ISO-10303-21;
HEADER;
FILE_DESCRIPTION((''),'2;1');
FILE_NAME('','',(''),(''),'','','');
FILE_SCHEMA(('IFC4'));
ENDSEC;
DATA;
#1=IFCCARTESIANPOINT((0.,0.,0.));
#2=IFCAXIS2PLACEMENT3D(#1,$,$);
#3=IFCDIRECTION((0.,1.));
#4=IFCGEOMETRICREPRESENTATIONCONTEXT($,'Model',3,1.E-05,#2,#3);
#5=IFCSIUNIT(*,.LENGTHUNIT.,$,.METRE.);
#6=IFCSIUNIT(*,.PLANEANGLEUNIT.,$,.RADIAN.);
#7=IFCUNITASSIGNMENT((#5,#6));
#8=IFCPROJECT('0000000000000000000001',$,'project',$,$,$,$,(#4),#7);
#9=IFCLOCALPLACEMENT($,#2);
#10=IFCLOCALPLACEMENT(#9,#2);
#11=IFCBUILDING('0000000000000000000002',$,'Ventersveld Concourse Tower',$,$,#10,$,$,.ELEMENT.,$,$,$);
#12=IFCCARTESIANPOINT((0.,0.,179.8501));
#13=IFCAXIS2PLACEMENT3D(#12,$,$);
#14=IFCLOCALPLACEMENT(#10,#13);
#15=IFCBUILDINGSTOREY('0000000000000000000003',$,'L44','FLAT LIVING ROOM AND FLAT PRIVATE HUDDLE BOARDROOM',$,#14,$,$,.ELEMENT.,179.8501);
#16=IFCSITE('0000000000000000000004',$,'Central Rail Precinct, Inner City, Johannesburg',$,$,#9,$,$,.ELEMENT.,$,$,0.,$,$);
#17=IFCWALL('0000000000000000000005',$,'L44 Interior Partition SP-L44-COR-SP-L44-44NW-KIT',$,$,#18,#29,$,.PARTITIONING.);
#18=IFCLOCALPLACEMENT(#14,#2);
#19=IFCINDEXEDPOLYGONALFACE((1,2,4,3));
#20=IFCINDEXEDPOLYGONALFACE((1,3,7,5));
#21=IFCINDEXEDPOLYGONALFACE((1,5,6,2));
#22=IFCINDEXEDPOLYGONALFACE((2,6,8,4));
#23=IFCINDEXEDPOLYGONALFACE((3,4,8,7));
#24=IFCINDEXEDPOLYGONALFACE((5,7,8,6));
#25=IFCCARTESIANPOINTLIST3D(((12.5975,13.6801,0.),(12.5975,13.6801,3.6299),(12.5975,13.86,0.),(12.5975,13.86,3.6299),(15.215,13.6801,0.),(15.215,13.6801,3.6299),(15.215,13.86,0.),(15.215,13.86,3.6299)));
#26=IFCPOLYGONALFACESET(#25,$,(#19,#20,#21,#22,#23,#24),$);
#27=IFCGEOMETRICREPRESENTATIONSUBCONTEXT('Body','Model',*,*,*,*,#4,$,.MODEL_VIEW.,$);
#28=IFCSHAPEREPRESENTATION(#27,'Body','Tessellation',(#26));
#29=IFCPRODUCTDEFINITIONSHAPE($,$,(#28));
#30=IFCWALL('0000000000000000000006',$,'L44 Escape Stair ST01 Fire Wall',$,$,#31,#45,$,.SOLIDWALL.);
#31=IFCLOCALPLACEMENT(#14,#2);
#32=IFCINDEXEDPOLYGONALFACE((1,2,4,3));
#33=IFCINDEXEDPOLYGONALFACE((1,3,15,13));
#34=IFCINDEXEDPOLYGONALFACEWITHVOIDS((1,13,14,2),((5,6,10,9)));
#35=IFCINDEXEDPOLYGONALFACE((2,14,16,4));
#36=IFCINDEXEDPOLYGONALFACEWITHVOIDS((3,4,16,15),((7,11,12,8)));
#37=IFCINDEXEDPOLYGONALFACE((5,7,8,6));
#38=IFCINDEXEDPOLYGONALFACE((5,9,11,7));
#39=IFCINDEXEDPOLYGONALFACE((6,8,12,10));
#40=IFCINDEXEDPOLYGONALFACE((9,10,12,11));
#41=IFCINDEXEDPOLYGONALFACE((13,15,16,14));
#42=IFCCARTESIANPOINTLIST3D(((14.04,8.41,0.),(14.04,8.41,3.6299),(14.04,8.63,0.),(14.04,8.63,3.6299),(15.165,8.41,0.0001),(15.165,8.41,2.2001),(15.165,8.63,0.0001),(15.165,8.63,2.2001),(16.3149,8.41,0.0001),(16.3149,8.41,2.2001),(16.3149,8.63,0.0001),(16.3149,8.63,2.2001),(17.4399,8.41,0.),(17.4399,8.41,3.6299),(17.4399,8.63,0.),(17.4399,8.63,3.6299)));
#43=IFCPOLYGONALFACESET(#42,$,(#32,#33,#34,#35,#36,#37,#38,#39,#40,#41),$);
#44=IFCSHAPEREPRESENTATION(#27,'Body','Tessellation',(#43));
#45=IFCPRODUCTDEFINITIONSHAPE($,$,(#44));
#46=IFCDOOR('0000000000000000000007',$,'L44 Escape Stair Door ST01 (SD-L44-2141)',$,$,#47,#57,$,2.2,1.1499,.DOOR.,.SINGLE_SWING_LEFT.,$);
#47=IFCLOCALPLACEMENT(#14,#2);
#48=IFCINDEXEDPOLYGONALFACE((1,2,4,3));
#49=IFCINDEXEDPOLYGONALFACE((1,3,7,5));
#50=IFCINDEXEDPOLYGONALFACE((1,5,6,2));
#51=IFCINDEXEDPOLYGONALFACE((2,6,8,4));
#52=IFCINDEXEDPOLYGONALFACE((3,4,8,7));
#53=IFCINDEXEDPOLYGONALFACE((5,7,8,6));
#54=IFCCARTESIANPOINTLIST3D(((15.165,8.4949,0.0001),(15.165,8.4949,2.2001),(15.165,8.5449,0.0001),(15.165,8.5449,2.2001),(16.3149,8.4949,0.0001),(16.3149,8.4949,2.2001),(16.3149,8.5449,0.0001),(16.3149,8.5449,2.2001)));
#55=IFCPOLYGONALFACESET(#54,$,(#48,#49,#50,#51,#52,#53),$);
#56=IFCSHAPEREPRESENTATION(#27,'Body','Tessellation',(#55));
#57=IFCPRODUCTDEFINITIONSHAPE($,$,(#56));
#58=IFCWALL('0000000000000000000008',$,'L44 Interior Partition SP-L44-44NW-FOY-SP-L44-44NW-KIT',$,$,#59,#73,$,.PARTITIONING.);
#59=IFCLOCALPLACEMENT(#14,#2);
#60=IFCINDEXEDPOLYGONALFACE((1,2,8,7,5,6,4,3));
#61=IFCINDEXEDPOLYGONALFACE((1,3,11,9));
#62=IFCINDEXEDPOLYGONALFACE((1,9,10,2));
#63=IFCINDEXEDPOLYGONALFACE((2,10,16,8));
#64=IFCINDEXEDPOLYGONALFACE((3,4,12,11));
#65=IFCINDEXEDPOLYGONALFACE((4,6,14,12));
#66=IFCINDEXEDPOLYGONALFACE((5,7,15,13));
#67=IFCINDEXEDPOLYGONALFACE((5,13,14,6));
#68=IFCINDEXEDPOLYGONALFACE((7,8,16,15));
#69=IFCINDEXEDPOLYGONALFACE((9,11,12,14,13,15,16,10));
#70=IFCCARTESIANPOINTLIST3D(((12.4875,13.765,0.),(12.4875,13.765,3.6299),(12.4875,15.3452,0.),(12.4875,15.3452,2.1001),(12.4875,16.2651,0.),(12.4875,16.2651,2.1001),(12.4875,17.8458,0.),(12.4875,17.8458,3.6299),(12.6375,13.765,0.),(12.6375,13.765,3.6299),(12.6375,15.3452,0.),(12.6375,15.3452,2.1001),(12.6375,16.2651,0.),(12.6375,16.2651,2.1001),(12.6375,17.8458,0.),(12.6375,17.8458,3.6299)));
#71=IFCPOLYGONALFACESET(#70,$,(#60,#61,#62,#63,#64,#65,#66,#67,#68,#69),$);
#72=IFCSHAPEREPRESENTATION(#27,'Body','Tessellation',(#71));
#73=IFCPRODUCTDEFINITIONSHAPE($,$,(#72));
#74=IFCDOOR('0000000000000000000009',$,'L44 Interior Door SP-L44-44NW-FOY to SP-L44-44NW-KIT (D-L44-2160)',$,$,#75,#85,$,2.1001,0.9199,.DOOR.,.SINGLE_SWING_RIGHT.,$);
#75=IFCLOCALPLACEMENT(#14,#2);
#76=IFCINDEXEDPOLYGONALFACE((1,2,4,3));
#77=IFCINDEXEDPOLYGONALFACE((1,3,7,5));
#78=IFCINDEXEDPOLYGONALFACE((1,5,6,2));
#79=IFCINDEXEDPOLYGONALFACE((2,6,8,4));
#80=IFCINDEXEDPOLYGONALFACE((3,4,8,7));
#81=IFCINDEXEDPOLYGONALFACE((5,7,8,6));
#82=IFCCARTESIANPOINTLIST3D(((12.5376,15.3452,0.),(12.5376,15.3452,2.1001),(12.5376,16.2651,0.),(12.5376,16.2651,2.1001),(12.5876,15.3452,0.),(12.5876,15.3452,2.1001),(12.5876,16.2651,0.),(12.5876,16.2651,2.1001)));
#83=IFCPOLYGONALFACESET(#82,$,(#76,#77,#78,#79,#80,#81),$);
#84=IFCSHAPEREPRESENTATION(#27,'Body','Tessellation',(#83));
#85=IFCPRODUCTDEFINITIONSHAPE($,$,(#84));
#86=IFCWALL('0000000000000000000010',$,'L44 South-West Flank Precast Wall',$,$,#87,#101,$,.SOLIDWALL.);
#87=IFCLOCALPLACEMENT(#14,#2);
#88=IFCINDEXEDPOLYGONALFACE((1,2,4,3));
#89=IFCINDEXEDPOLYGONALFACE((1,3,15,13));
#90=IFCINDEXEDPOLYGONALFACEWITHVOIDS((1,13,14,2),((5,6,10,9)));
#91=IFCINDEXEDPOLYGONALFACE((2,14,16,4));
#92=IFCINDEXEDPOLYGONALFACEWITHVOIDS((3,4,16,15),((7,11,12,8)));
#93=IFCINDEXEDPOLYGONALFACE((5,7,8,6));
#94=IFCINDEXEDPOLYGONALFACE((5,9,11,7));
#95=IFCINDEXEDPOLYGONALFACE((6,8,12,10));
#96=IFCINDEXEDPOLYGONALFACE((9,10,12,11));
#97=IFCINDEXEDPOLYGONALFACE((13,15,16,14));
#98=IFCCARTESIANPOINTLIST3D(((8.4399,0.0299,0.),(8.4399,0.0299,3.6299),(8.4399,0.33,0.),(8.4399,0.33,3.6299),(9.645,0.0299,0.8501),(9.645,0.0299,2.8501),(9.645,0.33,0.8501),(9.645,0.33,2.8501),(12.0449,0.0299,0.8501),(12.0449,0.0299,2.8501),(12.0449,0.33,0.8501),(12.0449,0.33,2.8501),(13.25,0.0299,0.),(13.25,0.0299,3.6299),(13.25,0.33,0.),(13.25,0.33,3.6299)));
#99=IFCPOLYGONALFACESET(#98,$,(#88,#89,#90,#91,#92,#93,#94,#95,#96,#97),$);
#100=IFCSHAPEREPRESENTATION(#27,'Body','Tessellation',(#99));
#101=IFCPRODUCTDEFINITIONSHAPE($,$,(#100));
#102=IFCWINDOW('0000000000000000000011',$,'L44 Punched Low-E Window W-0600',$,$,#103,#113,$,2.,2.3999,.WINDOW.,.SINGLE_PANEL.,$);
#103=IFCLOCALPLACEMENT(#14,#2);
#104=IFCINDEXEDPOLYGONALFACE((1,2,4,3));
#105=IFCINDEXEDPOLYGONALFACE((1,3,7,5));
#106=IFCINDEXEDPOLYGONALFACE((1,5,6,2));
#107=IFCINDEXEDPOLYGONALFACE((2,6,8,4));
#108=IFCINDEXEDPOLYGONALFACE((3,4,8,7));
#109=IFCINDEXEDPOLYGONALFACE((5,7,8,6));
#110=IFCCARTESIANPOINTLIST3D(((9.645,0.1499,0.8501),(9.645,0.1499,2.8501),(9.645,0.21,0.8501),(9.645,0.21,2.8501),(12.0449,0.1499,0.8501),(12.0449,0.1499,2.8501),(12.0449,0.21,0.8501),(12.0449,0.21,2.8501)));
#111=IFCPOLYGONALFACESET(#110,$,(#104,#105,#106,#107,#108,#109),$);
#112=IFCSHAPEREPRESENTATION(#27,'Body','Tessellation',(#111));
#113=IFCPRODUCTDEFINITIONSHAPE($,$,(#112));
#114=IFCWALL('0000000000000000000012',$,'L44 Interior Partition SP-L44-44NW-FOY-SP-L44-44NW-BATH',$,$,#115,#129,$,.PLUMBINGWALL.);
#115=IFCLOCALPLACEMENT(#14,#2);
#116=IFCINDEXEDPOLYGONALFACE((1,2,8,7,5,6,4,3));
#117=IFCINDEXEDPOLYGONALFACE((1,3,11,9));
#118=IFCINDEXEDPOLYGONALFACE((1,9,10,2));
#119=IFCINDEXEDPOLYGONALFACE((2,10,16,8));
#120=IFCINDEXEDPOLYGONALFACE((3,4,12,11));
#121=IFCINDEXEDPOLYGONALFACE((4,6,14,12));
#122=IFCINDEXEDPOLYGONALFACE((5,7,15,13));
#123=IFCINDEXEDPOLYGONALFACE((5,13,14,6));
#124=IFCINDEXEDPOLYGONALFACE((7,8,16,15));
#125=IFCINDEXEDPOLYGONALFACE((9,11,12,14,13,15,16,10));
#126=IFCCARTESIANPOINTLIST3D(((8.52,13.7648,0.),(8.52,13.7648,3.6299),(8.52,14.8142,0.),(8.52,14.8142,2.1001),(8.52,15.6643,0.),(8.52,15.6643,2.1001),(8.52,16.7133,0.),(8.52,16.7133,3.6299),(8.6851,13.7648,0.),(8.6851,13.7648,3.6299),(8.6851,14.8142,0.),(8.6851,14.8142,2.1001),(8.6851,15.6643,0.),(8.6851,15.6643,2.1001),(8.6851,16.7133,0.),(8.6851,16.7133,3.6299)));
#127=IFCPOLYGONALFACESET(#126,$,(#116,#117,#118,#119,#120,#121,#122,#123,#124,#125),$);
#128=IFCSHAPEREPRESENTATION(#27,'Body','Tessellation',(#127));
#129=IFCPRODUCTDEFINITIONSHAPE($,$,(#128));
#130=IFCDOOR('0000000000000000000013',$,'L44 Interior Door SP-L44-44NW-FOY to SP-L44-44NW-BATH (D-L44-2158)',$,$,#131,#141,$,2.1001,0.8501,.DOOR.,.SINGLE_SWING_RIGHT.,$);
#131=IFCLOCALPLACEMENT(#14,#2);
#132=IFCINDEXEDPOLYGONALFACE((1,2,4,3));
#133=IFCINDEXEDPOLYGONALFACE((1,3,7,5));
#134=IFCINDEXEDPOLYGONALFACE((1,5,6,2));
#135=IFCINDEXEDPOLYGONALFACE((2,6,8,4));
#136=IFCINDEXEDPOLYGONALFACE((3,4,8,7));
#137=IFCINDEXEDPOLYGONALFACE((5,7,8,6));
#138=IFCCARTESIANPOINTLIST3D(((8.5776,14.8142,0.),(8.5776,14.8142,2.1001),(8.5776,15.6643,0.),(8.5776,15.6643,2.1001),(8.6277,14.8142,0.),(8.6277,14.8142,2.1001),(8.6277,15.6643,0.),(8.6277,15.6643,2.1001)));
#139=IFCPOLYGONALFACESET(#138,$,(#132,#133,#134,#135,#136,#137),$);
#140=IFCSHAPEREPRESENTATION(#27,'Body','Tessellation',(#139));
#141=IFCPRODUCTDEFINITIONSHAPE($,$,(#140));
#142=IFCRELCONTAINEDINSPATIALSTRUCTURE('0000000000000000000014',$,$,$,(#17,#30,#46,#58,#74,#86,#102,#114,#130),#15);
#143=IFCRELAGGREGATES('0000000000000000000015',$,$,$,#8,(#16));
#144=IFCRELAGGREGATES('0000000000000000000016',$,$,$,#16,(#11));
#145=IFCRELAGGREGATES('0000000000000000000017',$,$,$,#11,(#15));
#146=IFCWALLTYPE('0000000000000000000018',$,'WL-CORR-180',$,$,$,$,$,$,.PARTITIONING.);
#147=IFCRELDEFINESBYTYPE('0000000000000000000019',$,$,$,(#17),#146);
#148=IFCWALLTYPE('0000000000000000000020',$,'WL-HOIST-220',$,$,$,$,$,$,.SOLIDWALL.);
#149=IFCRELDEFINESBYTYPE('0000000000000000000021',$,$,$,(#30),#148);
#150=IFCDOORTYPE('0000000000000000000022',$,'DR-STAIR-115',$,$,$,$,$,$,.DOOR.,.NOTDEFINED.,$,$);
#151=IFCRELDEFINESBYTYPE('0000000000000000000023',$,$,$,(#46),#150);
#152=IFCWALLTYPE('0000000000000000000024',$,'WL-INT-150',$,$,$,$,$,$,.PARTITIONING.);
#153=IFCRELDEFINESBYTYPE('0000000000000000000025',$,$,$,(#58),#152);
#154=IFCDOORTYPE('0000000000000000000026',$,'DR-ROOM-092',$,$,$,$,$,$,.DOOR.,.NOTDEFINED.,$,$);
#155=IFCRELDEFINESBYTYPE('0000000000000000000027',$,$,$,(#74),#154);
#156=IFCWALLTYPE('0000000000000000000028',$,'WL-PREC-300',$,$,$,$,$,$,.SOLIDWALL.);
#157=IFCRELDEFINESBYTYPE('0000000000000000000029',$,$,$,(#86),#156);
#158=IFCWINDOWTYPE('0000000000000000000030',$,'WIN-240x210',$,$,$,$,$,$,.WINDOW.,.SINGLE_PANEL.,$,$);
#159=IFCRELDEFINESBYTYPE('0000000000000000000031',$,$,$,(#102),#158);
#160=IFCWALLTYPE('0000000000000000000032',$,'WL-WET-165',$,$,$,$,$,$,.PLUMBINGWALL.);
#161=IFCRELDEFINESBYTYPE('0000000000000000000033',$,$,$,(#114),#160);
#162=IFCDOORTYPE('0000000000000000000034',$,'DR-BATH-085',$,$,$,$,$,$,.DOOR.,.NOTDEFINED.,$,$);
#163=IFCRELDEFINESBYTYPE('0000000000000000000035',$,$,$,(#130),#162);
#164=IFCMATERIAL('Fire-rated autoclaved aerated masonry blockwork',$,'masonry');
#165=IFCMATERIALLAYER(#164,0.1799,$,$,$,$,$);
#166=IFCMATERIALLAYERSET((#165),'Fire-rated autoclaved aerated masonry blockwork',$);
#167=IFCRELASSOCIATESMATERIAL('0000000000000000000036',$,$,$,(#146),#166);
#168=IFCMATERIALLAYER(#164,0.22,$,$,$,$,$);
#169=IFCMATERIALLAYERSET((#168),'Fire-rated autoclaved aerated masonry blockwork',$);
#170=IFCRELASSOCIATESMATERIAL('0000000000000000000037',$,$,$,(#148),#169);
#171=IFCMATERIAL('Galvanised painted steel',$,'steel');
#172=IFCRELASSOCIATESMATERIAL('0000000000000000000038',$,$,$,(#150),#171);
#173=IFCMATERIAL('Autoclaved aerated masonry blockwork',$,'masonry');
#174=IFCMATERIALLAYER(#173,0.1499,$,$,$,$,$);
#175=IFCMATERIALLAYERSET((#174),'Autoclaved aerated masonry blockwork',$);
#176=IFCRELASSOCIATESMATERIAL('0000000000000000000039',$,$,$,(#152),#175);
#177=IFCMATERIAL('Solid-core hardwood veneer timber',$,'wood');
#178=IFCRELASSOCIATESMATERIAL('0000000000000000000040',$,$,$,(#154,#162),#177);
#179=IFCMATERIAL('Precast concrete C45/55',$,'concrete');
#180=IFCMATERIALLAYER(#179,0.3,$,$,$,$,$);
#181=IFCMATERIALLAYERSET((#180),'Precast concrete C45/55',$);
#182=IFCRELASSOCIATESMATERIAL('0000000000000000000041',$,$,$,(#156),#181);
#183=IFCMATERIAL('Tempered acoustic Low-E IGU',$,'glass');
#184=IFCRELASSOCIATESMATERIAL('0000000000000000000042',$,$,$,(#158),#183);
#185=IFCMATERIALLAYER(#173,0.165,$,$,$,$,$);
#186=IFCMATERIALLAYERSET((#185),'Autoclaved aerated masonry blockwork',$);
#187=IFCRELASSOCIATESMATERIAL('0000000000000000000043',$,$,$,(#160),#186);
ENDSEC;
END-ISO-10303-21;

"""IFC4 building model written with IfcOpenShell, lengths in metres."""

from ifc_helpers import new_model, si_unit, direction, frame, frame_2d, origin, place, context, subcontext, project, spatial, rectangle, extrude, material, layer, layer_set, type_object, element, fill, save


model = new_model("IFC4")

# Units and contexts
model_context = context("Model", 3, precision=1e-05, world=origin(), true_north=direction((0.0, 1.0)))
body_context = subcontext(model_context, "Body", "Model", "MODEL_VIEW")
ifc_project = project(units=[si_unit("LENGTHUNIT", "METRE"), si_unit("PLANEANGLEUNIT", "RADIAN")], contexts=[model_context])

# Site, building, storey
site_placement = place(None, origin())
site = spatial("IfcSite", under=ifc_project, at=site_placement, Name="Central Rail Precinct, Inner City, Johannesburg", CompositionType="ELEMENT", RefElevation=0.0)
building_placement = place(site_placement, origin())
building = spatial("IfcBuilding", under=site, at=building_placement, Name="Ventersveld Concourse Tower", CompositionType="ELEMENT")
storey_placement = place(building_placement, frame((0.0, 0.0, 179.8501)))
storey = spatial("IfcBuildingStorey", under=building, at=storey_placement, Name="L44", Description="FLAT LIVING ROOM AND FLAT PRIVATE HUDDLE BOARDROOM", CompositionType="ELEMENT", Elevation=179.8501)

# Shared definitions
ifc_material_1 = material(Name="Fire-rated autoclaved aerated masonry blockwork", Category="masonry")
ifc_layer_1 = layer(ifc_material_1, 0.1799)
ifc_layer_set_1 = layer_set([ifc_layer_1], Name="Fire-rated autoclaved aerated masonry blockwork")
wall_type_1 = type_object("IfcWallType", Name="WL-CORR-180", PredefinedType="PARTITIONING", material=ifc_layer_set_1)
ifc_material_2 = material(Name="Solid-core hardwood veneer timber", Category="wood")

# Wall
wall_1_placement = place(storey_placement, frame((12.5977, 13.77, 0.0), z_axis=(0.0, 0.0, 1.0), x_axis=(1.0, 0.0, 0.0)))
element("IfcWall", 1, at=wall_1_placement, inside=storey, type_object=wall_type_1, Name="L44 Interior Partition SP-L44-COR-SP-L44-44NW-KIT", PredefinedType="PARTITIONING", context=body_context, shape_type="SweptSolid", body=[
    extrude(rectangle(XDim=2.6174, YDim=0.1799, at=frame_2d((1.3086, 0.0))), origin(), (0.0, 0.0, 1.0), 3.6299),
])

# Walls, openings, doors
ifc_layer_2 = layer(ifc_material_1, 0.22)
ifc_layer_set_2 = layer_set([ifc_layer_2], Name="Fire-rated autoclaved aerated masonry blockwork")
wall_type_2 = type_object("IfcWallType", Name="WL-HOIST-220", PredefinedType="SOLIDWALL", material=ifc_layer_set_2)
wall_2_placement = place(storey_placement, frame((14.04, 8.52, 0.0), z_axis=(0.0, 0.0, 1.0), x_axis=(1.0, 0.0, 0.0)))
wall_2 = element("IfcWall", 2, at=wall_2_placement, inside=storey, type_object=wall_type_2, Name="L44 Escape Stair ST01 Fire Wall", PredefinedType="SOLIDWALL", context=body_context, shape_type="SweptSolid", body=[
    extrude(rectangle(XDim=3.3999, YDim=0.22, at=frame_2d((1.7, 0.0))), origin(), (0.0, 0.0, 1.0), 3.6299),
])
opening_1_placement = place(wall_2_placement, frame((1.125, 0.0, 0.0)))
opening_1 = element("IfcOpeningElement", 3, at=opening_1_placement, cuts=wall_2, PredefinedType="OPENING", context=body_context, shape_type="SweptSolid", body=[
    extrude(rectangle(XDim=1.1499, YDim=2.2, at=frame_2d((0.575, 1.1001))), frame((0.0, 0.1201, 0.0), z_axis=(0.0, -1.0, 0.0), x_axis=(1.0, 0.0, 0.0)), (0.0, 0.0, 1.0), 0.24),
])
ifc_material_3 = material(Name="Galvanised painted steel", Category="steel")
door_type_1 = type_object("IfcDoorType", Name="DR-STAIR-115", OperationType="NOTDEFINED", PredefinedType="DOOR", material=ifc_material_3)
door_1_placement = place(opening_1_placement, origin())
door_1 = element("IfcDoor", 4, at=door_1_placement, inside=storey, type_object=door_type_1, Name="L44 Escape Stair Door ST01 (SD-L44-2141)", OperationType="SINGLE_SWING_LEFT", OverallHeight=2.2, OverallWidth=1.1499, PredefinedType="DOOR", context=body_context, shape_type="SweptSolid", body=[
    extrude(rectangle(XDim=1.1499, YDim=2.2, at=frame_2d((0.575, 1.1001))), frame((0.0, 0.0249, 0.0), z_axis=(0.0, -1.0, 0.0), x_axis=(1.0, 0.0, 0.0)), (0.0, 0.0, 1.0), 0.05),
])
fill(opening_1, door_1)
ifc_material_4 = material(Name="Autoclaved aerated masonry blockwork", Category="masonry")
ifc_layer_3 = layer(ifc_material_4, 0.1499)
ifc_layer_set_3 = layer_set([ifc_layer_3], Name="Autoclaved aerated masonry blockwork")
wall_type_3 = type_object("IfcWallType", Name="WL-INT-150", PredefinedType="PARTITIONING", material=ifc_layer_set_3)
wall_3_placement = place(storey_placement, frame((12.5625, 13.7649, 0.0), z_axis=(0.0, 0.0, 1.0), x_axis=(0.0, 1.0, 0.0)))
wall_3 = element("IfcWall", 5, at=wall_3_placement, inside=storey, type_object=wall_type_3, Name="L44 Interior Partition SP-L44-44NW-FOY-SP-L44-44NW-KIT", PredefinedType="PARTITIONING", context=body_context, shape_type="SweptSolid", body=[
    extrude(rectangle(XDim=4.0808, YDim=0.1499, at=frame_2d((2.0405, 0.0))), origin(), (0.0, 0.0, 1.0), 3.6299),
])
opening_2_placement = place(wall_3_placement, frame((1.5803, 0.0, 0.0)))
opening_2 = element("IfcOpeningElement", 6, at=opening_2_placement, cuts=wall_3, PredefinedType="OPENING", context=body_context, shape_type="SweptSolid", body=[
    extrude(rectangle(XDim=0.9199, YDim=2.1001, at=frame_2d((0.46, 1.05))), frame((0.0, 0.085, 0.0), z_axis=(0.0, -1.0, 0.0), x_axis=(1.0, 0.0, 0.0)), (0.0, 0.0, 1.0), 0.1699),
])
door_type_2 = type_object("IfcDoorType", Name="DR-ROOM-092", OperationType="NOTDEFINED", PredefinedType="DOOR", material=ifc_material_2)
door_2_placement = place(opening_2_placement, origin())
door_2 = element("IfcDoor", 7, at=door_2_placement, inside=storey, type_object=door_type_2, Name="L44 Interior Door SP-L44-44NW-FOY to SP-L44-44NW-KIT (D-L44-2160)", OperationType="SINGLE_SWING_RIGHT", OverallHeight=2.1001, OverallWidth=0.9199, PredefinedType="DOOR", context=body_context, shape_type="SweptSolid", body=[
    extrude(rectangle(XDim=0.9199, YDim=2.1001, at=frame_2d((0.46, 1.05))), frame((0.0, 0.0249, 0.0), z_axis=(0.0, -1.0, 0.0), x_axis=(1.0, 0.0, 0.0)), (0.0, 0.0, 1.0), 0.05),
])
fill(opening_2, door_2)

# Wall, opening, window
ifc_material_5 = material(Name="Precast concrete C45/55", Category="concrete")
ifc_layer_4 = layer(ifc_material_5, 0.3)
ifc_layer_set_4 = layer_set([ifc_layer_4], Name="Precast concrete C45/55")
wall_type_4 = type_object("IfcWallType", Name="WL-PREC-300", PredefinedType="SOLIDWALL", material=ifc_layer_set_4)
wall_4_placement = place(storey_placement, frame((8.4399, 0.1799, 0.0), z_axis=(0.0, 0.0, 1.0), x_axis=(1.0, 0.0, 0.0)))
wall_4 = element("IfcWall", 8, at=wall_4_placement, inside=storey, type_object=wall_type_4, Name="L44 South-West Flank Precast Wall", PredefinedType="SOLIDWALL", context=body_context, shape_type="SweptSolid", body=[
    extrude(rectangle(XDim=4.8101, YDim=0.3, at=frame_2d((2.405, 0.0))), origin(), (0.0, 0.0, 1.0), 3.6299),
])
opening_3_placement = place(wall_4_placement, frame((1.2051, 0.0, 0.8501)))
opening_3 = element("IfcOpeningElement", 9, at=opening_3_placement, cuts=wall_4, PredefinedType="OPENING", context=body_context, shape_type="SweptSolid", body=[
    extrude(rectangle(XDim=2.3999, YDim=2.0, at=frame_2d((1.2, 1.0))), frame((0.0, 0.1602, 0.0), z_axis=(0.0, -1.0, 0.0), x_axis=(1.0, 0.0, 0.0)), (0.0, 0.0, 1.0), 0.3201),
])
ifc_material_6 = material(Name="Tempered acoustic Low-E IGU", Category="glass")
window_type = type_object("IfcWindowType", Name="WIN-240x210", PartitioningType="SINGLE_PANEL", PredefinedType="WINDOW", material=ifc_material_6)
window_placement = place(opening_3_placement, origin())
window = element("IfcWindow", 10, at=window_placement, inside=storey, type_object=window_type, Name="L44 Punched Low-E Window W-0600", OverallHeight=2.0, OverallWidth=2.3999, PartitioningType="SINGLE_PANEL", PredefinedType="WINDOW", context=body_context, shape_type="SweptSolid", body=[
    extrude(rectangle(XDim=2.3999, YDim=2.0, at=frame_2d((1.2, 1.0))), frame((0.0, 0.03, 0.0), z_axis=(0.0, -1.0, 0.0), x_axis=(1.0, 0.0, 0.0)), (0.0, 0.0, 1.0), 0.0601),
])
fill(opening_3, window)

# Wall, opening, door
ifc_layer_5 = layer(ifc_material_4, 0.165)
ifc_layer_set_5 = layer_set([ifc_layer_5], Name="Autoclaved aerated masonry blockwork")
wall_type_5 = type_object("IfcWallType", Name="WL-WET-165", PredefinedType="PLUMBINGWALL", material=ifc_layer_set_5)
wall_5_placement = place(storey_placement, frame((8.6025, 13.7649, 0.0), z_axis=(0.0, 0.0, 1.0), x_axis=(0.0, 1.0, 0.0)))
wall_5 = element("IfcWall", 11, at=wall_5_placement, inside=storey, type_object=wall_type_5, Name="L44 Interior Partition SP-L44-44NW-FOY-SP-L44-44NW-BATH", PredefinedType="PLUMBINGWALL", context=body_context, shape_type="SweptSolid", body=[
    extrude(rectangle(XDim=2.9485, YDim=0.165, at=frame_2d((1.4741, 0.0))), origin(), (0.0, 0.0, 1.0), 3.6299),
])
opening_4_placement = place(wall_5_placement, frame((1.0493, 0.0, 0.0)))
opening_4 = element("IfcOpeningElement", 12, at=opening_4_placement, cuts=wall_5, PredefinedType="OPENING", context=body_context, shape_type="SweptSolid", body=[
    extrude(rectangle(XDim=0.8501, YDim=2.1001, at=frame_2d((0.425, 1.05))), frame((0.0, 0.0925, 0.0), z_axis=(0.0, -1.0, 0.0), x_axis=(1.0, 0.0, 0.0)), (0.0, 0.0, 1.0), 0.1851),
])
door_type_3 = type_object("IfcDoorType", Name="DR-BATH-085", OperationType="NOTDEFINED", PredefinedType="DOOR", material=ifc_material_2)
door_3_placement = place(opening_4_placement, origin())
door_3 = element("IfcDoor", 13, at=door_3_placement, inside=storey, type_object=door_type_3, Name="L44 Interior Door SP-L44-44NW-FOY to SP-L44-44NW-BATH (D-L44-2158)", OperationType="SINGLE_SWING_RIGHT", OverallHeight=2.1001, OverallWidth=0.8501, PredefinedType="DOOR", context=body_context, shape_type="SweptSolid", body=[
    extrude(rectangle(XDim=0.8501, YDim=2.1001, at=frame_2d((0.425, 1.05))), frame((0.0, 0.0249, 0.0), z_axis=(0.0, -1.0, 0.0), x_axis=(1.0, 0.0, 0.0)), (0.0, 0.0, 1.0), 0.05),
])
fill(opening_4, door_3)

save(model, "model.ifc")
